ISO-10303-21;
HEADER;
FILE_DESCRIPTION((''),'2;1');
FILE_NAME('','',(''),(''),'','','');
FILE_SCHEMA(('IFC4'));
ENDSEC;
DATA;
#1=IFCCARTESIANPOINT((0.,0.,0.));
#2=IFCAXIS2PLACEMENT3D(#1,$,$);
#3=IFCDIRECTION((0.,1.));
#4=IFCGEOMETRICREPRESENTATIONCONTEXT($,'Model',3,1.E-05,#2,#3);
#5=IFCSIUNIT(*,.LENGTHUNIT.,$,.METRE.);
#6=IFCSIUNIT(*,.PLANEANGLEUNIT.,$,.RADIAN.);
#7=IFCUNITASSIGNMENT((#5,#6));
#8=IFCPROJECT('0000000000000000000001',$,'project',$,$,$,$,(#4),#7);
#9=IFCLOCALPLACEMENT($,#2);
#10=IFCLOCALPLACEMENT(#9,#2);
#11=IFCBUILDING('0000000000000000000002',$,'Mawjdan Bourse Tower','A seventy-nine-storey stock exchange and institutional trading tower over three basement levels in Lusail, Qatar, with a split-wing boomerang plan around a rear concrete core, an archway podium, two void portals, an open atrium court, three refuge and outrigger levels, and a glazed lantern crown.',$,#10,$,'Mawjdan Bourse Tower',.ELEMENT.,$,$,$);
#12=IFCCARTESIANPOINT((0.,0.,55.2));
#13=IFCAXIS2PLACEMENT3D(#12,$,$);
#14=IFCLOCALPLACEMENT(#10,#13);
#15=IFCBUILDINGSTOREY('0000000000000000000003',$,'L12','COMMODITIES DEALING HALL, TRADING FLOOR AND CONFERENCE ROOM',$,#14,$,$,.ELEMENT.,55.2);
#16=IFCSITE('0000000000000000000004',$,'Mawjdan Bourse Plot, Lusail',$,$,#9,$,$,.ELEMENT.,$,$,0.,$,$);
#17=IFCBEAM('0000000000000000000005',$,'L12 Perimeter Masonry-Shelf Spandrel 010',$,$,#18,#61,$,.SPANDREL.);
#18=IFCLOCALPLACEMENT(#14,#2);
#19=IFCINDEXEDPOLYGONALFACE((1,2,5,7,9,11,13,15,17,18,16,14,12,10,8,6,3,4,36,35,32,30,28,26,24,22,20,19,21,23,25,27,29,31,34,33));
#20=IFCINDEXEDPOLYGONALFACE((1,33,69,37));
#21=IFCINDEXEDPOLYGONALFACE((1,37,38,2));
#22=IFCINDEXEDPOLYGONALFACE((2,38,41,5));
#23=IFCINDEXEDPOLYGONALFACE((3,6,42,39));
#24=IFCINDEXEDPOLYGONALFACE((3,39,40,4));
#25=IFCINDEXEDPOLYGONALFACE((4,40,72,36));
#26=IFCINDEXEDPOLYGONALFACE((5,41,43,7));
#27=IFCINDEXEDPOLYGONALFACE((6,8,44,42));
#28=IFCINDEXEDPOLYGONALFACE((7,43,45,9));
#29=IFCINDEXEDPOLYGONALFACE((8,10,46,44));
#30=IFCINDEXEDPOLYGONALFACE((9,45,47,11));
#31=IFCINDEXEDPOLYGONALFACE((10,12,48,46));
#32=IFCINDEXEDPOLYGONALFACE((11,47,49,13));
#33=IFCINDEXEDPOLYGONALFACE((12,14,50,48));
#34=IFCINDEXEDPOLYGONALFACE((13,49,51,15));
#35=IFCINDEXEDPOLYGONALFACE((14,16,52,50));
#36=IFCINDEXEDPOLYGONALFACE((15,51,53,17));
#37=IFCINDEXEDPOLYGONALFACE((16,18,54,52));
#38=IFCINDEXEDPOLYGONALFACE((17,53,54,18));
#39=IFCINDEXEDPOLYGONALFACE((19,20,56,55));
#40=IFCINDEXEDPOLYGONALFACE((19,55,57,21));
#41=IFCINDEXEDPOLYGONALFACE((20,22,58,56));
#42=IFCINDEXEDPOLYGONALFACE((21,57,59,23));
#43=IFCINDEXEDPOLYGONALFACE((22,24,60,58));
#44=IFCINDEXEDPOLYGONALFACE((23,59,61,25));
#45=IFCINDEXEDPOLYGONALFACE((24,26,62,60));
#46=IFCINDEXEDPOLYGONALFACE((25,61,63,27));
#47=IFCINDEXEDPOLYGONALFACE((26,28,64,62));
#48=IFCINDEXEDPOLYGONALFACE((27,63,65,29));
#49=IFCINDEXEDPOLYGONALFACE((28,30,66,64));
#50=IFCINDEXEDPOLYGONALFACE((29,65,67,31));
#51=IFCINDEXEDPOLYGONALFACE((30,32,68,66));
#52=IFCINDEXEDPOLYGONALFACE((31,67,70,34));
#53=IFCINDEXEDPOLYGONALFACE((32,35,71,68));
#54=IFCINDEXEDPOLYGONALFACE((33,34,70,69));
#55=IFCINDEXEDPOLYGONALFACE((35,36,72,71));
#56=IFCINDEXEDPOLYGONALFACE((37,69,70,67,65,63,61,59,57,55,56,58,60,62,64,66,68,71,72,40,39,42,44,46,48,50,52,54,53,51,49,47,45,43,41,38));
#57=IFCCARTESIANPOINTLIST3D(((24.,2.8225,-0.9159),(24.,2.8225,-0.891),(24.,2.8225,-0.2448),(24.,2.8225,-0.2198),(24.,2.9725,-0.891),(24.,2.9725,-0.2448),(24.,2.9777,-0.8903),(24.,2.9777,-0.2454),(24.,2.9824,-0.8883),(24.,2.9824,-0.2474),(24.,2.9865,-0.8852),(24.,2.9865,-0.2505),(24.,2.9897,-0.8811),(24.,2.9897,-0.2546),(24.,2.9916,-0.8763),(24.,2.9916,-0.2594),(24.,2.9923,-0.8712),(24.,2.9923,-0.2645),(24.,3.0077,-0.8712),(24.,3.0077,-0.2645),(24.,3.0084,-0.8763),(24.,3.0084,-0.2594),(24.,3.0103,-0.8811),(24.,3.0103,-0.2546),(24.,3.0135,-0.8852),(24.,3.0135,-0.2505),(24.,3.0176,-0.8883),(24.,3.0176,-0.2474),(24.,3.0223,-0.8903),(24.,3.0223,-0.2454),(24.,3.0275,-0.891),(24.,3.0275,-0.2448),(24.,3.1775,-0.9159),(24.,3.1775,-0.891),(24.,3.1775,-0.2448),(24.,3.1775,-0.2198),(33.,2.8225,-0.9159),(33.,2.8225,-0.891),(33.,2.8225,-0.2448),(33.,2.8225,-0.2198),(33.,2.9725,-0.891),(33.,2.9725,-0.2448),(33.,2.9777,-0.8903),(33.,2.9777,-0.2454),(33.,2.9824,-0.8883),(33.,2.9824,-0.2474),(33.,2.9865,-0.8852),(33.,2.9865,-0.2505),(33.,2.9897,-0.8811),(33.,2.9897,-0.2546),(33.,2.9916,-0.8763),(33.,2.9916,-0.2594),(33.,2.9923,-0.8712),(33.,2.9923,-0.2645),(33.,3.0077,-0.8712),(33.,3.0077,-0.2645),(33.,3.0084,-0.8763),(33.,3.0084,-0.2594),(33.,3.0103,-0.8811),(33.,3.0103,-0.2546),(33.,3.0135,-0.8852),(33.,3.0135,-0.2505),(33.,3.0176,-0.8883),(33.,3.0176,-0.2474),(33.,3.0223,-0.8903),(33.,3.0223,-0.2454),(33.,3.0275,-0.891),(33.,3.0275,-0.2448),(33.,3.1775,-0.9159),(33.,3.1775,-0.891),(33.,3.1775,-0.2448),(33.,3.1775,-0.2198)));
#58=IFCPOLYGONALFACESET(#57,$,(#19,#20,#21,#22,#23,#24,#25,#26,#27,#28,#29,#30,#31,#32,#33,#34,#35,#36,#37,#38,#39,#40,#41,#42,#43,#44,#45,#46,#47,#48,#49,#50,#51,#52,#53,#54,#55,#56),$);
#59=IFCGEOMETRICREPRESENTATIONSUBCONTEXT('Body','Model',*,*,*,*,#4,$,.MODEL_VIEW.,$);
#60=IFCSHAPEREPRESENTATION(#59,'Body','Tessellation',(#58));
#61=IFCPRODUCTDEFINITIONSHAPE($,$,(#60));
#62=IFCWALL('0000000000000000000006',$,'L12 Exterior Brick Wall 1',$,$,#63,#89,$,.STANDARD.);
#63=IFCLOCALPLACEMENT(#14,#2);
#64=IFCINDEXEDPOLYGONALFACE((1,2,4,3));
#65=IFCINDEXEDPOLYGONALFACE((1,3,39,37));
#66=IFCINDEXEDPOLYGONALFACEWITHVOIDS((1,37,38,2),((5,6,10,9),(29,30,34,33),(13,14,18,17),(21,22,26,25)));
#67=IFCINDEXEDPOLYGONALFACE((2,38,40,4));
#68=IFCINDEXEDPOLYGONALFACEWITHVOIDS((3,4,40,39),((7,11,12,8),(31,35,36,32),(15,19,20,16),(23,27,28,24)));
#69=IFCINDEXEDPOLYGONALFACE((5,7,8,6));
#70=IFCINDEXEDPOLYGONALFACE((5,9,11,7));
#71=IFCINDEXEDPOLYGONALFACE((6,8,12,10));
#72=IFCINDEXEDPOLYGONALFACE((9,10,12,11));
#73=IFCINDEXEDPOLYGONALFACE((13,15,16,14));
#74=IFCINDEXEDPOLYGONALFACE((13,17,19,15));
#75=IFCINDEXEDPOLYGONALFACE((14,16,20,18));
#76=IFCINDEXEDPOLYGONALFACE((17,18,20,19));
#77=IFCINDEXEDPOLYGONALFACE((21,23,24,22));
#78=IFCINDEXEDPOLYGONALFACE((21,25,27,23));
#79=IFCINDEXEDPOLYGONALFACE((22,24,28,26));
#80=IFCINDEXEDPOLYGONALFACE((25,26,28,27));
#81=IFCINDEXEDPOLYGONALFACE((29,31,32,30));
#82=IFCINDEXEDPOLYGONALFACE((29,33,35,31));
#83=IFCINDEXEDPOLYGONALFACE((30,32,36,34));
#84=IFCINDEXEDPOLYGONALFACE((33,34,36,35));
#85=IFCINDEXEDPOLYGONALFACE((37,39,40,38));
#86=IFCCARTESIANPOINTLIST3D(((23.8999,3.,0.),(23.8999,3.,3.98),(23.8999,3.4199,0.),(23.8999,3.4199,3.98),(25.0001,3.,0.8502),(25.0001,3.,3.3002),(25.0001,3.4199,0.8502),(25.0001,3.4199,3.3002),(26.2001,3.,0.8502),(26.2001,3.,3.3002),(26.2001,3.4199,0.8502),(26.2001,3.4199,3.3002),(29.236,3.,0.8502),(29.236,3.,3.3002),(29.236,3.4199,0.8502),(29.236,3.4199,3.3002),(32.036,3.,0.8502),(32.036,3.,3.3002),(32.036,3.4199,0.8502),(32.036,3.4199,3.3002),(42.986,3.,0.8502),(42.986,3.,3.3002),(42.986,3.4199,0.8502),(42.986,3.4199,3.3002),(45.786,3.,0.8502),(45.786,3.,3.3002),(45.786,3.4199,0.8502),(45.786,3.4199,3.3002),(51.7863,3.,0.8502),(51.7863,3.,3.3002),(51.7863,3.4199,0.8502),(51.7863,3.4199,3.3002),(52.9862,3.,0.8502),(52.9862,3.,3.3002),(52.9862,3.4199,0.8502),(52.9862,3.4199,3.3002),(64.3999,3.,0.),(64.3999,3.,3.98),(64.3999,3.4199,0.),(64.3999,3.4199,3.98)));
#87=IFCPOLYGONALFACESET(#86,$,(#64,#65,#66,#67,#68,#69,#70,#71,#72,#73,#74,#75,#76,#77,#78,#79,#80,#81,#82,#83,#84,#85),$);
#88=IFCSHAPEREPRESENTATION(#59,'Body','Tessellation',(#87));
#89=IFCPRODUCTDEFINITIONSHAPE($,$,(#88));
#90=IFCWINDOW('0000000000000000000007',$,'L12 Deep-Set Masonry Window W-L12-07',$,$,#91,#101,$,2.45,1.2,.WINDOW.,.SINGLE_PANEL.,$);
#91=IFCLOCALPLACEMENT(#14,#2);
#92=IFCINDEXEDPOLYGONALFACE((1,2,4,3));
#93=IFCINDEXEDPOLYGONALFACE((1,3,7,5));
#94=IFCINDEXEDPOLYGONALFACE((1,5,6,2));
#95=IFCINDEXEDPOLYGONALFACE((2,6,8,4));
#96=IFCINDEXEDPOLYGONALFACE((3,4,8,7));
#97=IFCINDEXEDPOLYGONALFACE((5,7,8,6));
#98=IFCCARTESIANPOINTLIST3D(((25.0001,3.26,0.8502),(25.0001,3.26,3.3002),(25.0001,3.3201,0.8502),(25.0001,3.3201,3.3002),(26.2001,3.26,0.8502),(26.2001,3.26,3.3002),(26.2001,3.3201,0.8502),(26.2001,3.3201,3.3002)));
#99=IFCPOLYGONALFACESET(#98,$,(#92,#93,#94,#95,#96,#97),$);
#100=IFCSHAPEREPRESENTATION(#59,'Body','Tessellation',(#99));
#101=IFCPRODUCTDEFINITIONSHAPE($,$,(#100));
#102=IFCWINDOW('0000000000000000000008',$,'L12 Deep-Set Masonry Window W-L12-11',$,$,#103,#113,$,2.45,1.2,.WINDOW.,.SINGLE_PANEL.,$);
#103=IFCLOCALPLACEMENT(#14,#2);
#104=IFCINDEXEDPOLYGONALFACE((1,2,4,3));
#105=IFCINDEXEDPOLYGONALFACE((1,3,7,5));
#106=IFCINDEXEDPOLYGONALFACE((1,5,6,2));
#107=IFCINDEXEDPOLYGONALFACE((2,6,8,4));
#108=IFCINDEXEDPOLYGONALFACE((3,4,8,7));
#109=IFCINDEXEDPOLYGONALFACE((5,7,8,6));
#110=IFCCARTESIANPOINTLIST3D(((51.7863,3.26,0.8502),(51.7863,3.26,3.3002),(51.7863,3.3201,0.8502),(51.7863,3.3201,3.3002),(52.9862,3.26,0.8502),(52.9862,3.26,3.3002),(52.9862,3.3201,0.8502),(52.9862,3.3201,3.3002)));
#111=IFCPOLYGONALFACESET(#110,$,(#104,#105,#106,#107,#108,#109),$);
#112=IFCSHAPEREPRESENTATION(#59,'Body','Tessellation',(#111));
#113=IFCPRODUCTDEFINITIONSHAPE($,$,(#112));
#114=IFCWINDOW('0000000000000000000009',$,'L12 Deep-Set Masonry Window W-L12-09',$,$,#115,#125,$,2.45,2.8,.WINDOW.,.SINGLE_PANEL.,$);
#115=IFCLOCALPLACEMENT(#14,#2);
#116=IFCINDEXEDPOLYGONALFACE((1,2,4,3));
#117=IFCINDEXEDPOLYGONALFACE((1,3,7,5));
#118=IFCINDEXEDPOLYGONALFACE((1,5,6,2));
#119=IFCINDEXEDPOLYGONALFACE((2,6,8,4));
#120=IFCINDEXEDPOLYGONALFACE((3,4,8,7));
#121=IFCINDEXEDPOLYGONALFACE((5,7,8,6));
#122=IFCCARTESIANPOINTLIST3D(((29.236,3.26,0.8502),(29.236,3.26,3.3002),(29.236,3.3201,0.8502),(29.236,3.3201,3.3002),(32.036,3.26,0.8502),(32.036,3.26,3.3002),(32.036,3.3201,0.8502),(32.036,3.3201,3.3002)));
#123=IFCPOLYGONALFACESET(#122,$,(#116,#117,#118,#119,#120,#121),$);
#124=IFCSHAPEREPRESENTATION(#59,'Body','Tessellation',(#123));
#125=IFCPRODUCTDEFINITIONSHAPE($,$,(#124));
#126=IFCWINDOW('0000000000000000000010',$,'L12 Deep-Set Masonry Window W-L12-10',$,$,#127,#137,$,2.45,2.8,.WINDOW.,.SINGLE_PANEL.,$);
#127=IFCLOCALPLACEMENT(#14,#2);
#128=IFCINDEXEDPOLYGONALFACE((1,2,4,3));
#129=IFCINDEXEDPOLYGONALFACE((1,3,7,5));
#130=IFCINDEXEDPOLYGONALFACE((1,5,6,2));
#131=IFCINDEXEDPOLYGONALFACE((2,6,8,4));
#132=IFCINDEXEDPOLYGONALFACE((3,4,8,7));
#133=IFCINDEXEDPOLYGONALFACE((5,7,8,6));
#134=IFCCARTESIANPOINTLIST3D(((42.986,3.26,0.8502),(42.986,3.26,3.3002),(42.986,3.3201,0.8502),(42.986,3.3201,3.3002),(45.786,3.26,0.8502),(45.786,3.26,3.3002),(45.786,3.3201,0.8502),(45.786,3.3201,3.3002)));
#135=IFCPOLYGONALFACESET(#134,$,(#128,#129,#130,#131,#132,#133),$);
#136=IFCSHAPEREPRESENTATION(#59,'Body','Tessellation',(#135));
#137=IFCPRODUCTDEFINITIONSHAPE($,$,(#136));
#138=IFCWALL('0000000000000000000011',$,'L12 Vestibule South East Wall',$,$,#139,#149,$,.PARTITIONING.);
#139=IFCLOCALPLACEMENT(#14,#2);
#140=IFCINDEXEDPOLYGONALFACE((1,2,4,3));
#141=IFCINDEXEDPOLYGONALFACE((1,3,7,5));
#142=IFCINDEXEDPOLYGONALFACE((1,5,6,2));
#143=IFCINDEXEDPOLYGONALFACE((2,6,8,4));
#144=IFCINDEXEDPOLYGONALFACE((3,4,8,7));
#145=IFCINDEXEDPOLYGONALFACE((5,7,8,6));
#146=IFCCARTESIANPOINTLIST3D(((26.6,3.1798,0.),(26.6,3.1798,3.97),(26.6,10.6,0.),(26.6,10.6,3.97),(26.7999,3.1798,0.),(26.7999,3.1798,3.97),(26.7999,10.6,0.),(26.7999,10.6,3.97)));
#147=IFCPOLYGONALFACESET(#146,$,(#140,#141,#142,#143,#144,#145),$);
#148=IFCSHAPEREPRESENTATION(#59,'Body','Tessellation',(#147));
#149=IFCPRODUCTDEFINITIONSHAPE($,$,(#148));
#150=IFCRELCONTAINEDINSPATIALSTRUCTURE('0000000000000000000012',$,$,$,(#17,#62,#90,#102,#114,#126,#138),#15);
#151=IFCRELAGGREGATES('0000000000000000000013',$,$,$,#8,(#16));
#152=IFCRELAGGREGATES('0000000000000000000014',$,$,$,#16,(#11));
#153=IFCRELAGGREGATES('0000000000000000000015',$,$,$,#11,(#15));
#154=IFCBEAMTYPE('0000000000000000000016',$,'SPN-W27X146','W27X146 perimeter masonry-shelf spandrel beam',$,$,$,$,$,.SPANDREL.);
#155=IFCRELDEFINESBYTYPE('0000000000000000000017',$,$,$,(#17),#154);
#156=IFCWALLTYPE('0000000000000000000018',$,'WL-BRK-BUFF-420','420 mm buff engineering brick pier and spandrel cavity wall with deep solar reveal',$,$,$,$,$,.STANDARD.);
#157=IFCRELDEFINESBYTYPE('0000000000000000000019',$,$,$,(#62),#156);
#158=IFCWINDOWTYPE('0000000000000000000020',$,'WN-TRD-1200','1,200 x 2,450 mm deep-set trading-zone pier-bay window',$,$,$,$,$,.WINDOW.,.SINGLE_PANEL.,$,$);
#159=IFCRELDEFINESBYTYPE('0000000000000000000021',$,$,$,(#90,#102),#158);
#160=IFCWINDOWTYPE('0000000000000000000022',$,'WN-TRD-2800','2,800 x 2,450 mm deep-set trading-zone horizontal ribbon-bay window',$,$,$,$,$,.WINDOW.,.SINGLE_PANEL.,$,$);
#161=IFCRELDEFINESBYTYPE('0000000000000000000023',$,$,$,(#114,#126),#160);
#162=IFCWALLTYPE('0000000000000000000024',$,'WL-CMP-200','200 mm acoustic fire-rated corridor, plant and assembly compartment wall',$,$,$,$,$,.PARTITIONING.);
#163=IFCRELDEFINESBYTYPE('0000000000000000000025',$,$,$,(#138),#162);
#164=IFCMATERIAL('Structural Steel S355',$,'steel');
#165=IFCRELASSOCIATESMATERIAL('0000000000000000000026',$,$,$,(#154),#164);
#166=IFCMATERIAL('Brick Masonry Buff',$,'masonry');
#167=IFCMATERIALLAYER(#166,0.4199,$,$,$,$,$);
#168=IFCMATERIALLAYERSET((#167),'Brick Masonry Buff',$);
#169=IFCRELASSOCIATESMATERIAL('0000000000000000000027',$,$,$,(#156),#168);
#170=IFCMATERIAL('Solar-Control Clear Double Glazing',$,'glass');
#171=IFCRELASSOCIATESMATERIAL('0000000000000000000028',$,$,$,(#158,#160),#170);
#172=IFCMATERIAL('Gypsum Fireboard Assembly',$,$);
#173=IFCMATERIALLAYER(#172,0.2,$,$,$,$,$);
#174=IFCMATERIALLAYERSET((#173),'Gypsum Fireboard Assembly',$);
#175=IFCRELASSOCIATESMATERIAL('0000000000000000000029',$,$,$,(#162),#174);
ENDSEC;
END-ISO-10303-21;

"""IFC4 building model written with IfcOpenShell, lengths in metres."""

from ifc_helpers import new_model, si_unit, direction, frame, frame_2d, origin, origin_2d, place, context, subcontext, project, spatial, rectangle, i_section, extrude, material, layer, layer_set, material_profile, profile_set, type_object, element, fill, save


model = new_model("IFC4")

# Units and contexts
model_context = context("Model", 3, precision=1e-05, world=origin(), true_north=direction((0.0, 1.0)))
body_context = subcontext(model_context, "Body", "Model", "MODEL_VIEW")
ifc_project = project(units=[si_unit("LENGTHUNIT", "METRE"), si_unit("PLANEANGLEUNIT", "RADIAN")], contexts=[model_context])

# Site, building, storey
site_placement = place(None, origin())
site = spatial("IfcSite", under=ifc_project, at=site_placement, Name="Mawjdan Bourse Plot, Lusail", CompositionType="ELEMENT", RefElevation=0.0)
building_placement = place(site_placement, origin())
building = spatial("IfcBuilding", under=site, at=building_placement, Name="Mawjdan Bourse Tower", Description="A seventy-nine-storey stock exchange and institutional trading tower over three basement levels in Lusail, Qatar, with a split-wing boomerang plan around a rear concrete core, an archway podium, two void portals, an open atrium court, three refuge and outrigger levels, and a glazed lantern crown.", LongName="Mawjdan Bourse Tower", CompositionType="ELEMENT")
storey_placement = place(building_placement, frame((0.0, 0.0, 55.2)))
storey = spatial("IfcBuildingStorey", under=building, at=storey_placement, Name="L12", Description="COMMODITIES DEALING HALL, TRADING FLOOR AND CONFERENCE ROOM", CompositionType="ELEMENT", Elevation=55.2)

# Beam
ifc_material_1 = material(Name="Structural Steel S355", Category="steel")
ifc_material_profile_1 = material_profile(ifc_material_1, i_section(OverallWidth=0.355, OverallDepth=0.696, WebThickness=0.0154, FlangeThickness=0.0249, FilletRadius=0.0198, at=origin_2d()), Name="W27X146")
ifc_profile_set_1 = profile_set([ifc_material_profile_1], Name="Structural Steel S355")
beam_type_1 = type_object("IfcBeamType", Name="SPN-W27X146", Description="W27X146 perimeter masonry-shelf spandrel beam", PredefinedType="SPANDREL", material=ifc_profile_set_1)
beam_1_placement = place(storey_placement, frame((24.0, 3.0, -0.5679), z_axis=(1.0, 0.0, 0.0), x_axis=(0.0, 1.0, 0.0)))
element("IfcBeam", 1, at=beam_1_placement, inside=storey, type_object=beam_type_1, Name="L12 Perimeter Masonry-Shelf Spandrel 010", PredefinedType="SPANDREL", context=body_context, shape_type="SweptSolid", body=[
    extrude(i_section(OverallWidth=0.355, OverallDepth=0.696, WebThickness=0.0154, FlangeThickness=0.0249, FilletRadius=0.0198, at=origin_2d()), origin(), (0.0, 0.0, 1.0), 9.0),
])

# Wall, openings, windows
ifc_material_2 = material(Name="Brick Masonry Buff", Category="masonry")
ifc_layer_1 = layer(ifc_material_2, 0.4199)
ifc_layer_set_1 = layer_set([ifc_layer_1], Name="Brick Masonry Buff")
wall_type_1 = type_object("IfcWallType", Name="WL-BRK-BUFF-420", Description="420 mm buff engineering brick pier and spandrel cavity wall with deep solar reveal", PredefinedType="STANDARD", material=ifc_layer_set_1)
wall_1_placement = place(storey_placement, frame((23.8999, 3.21, 0.0), z_axis=(0.0, 0.0, 1.0), x_axis=(1.0, 0.0, 0.0)))
wall_1 = element("IfcWall", 2, at=wall_1_placement, inside=storey, type_object=wall_type_1, Name="L12 Exterior Brick Wall 1", PredefinedType="STANDARD", context=body_context, shape_type="SweptSolid", body=[
    extrude(rectangle(XDim=40.5, YDim=0.4199, at=frame_2d((20.25, 0.0))), origin(), (0.0, 0.0, 1.0), 3.98),
])
opening_1_placement = place(wall_1_placement, frame((1.1001, 0.0, 0.8501)))
opening_1 = element("IfcOpeningElement", 3, at=opening_1_placement, cuts=wall_1, PredefinedType="OPENING", context=body_context, shape_type="SweptSolid", body=[
    extrude(rectangle(XDim=1.2, YDim=2.45, at=frame_2d((0.6001, 1.2251))), frame((0.0, 0.22, 0.0), z_axis=(0.0, -1.0, 0.0), x_axis=(1.0, 0.0, 0.0)), (0.0, 0.0, 1.0), 0.4399),
])
opening_2_placement = place(wall_1_placement, frame((5.3362, 0.0, 0.8501)))
opening_2 = element("IfcOpeningElement", 4, at=opening_2_placement, cuts=wall_1, PredefinedType="OPENING", context=body_context, shape_type="SweptSolid", body=[
    extrude(rectangle(XDim=2.8, YDim=2.45, at=frame_2d((1.3999, 1.2251))), frame((0.0, 0.22, 0.0), z_axis=(0.0, -1.0, 0.0), x_axis=(1.0, 0.0, 0.0)), (0.0, 0.0, 1.0), 0.4399),
])
opening_3_placement = place(wall_1_placement, frame((19.0862, 0.0, 0.8501)))
opening_3 = element("IfcOpeningElement", 5, at=opening_3_placement, cuts=wall_1, PredefinedType="OPENING", context=body_context, shape_type="SweptSolid", body=[
    extrude(rectangle(XDim=2.8, YDim=2.45, at=frame_2d((1.3999, 1.2251))), frame((0.0, 0.22, 0.0), z_axis=(0.0, -1.0, 0.0), x_axis=(1.0, 0.0, 0.0)), (0.0, 0.0, 1.0), 0.4399),
])
opening_4_placement = place(wall_1_placement, frame((27.8862, 0.0, 0.8501)))
opening_4 = element("IfcOpeningElement", 6, at=opening_4_placement, cuts=wall_1, PredefinedType="OPENING", context=body_context, shape_type="SweptSolid", body=[
    extrude(rectangle(XDim=1.2, YDim=2.45, at=frame_2d((0.6001, 1.2251))), frame((0.0, 0.22, 0.0), z_axis=(0.0, -1.0, 0.0), x_axis=(1.0, 0.0, 0.0)), (0.0, 0.0, 1.0), 0.4399),
])
ifc_material_3 = material(Name="Solar-Control Clear Double Glazing", Category="glass")
window_type_1 = type_object("IfcWindowType", Name="WN-TRD-1200", Description="1,200 x 2,450 mm deep-set trading-zone pier-bay window", PartitioningType="SINGLE_PANEL", PredefinedType="WINDOW", material=ifc_material_3)
window_1_placement = place(opening_1_placement, origin())
window_1 = element("IfcWindow", 7, at=window_1_placement, inside=storey, type_object=window_type_1, Name="L12 Deep-Set Masonry Window W-L12-07", OverallHeight=2.45, OverallWidth=1.2, PartitioningType="SINGLE_PANEL", PredefinedType="WINDOW", context=body_context, shape_type="SweptSolid", body=[
    extrude(rectangle(XDim=1.2, YDim=2.45, at=frame_2d((0.6001, 1.2251))), frame((0.0, 0.1101, 0.0), z_axis=(0.0, -1.0, 0.0), x_axis=(1.0, 0.0, 0.0)), (0.0, 0.0, 1.0), 0.0601),
])
fill(opening_1, window_1)
window_2_placement = place(opening_4_placement, origin())
window_2 = element("IfcWindow", 8, at=window_2_placement, inside=storey, type_object=window_type_1, Name="L12 Deep-Set Masonry Window W-L12-11", OverallHeight=2.45, OverallWidth=1.2, PartitioningType="SINGLE_PANEL", PredefinedType="WINDOW", context=body_context, shape_type="SweptSolid", body=[
    extrude(rectangle(XDim=1.2, YDim=2.45, at=frame_2d((0.6001, 1.2251))), frame((0.0, 0.1101, 0.0), z_axis=(0.0, -1.0, 0.0), x_axis=(1.0, 0.0, 0.0)), (0.0, 0.0, 1.0), 0.0601),
])
fill(opening_4, window_2)
window_type_2 = type_object("IfcWindowType", Name="WN-TRD-2800", Description="2,800 x 2,450 mm deep-set trading-zone horizontal ribbon-bay window", PartitioningType="SINGLE_PANEL", PredefinedType="WINDOW", material=ifc_material_3)
window_3_placement = place(opening_2_placement, origin())
window_3 = element("IfcWindow", 9, at=window_3_placement, inside=storey, type_object=window_type_2, Name="L12 Deep-Set Masonry Window W-L12-09", OverallHeight=2.45, OverallWidth=2.8, PartitioningType="SINGLE_PANEL", PredefinedType="WINDOW", context=body_context, shape_type="SweptSolid", body=[
    extrude(rectangle(XDim=2.8, YDim=2.45, at=frame_2d((1.3999, 1.2251))), frame((0.0, 0.1101, 0.0), z_axis=(0.0, -1.0, 0.0), x_axis=(1.0, 0.0, 0.0)), (0.0, 0.0, 1.0), 0.0601),
])
fill(opening_2, window_3)
window_4_placement = place(opening_3_placement, origin())
window_4 = element("IfcWindow", 10, at=window_4_placement, inside=storey, type_object=window_type_2, Name="L12 Deep-Set Masonry Window W-L12-10", OverallHeight=2.45, OverallWidth=2.8, PartitioningType="SINGLE_PANEL", PredefinedType="WINDOW", context=body_context, shape_type="SweptSolid", body=[
    extrude(rectangle(XDim=2.8, YDim=2.45, at=frame_2d((1.3999, 1.2251))), frame((0.0, 0.1101, 0.0), z_axis=(0.0, -1.0, 0.0), x_axis=(1.0, 0.0, 0.0)), (0.0, 0.0, 1.0), 0.0601),
])
fill(opening_3, window_4)

# Shared definitions
ifc_material_4 = material(Name="Gypsum Fireboard Assembly")
ifc_layer_2 = layer(ifc_material_4, 0.2)
ifc_layer_set_2 = layer_set([ifc_layer_2], Name="Gypsum Fireboard Assembly")
wall_type_2 = type_object("IfcWallType", Name="WL-CMP-200", Description="200 mm acoustic fire-rated corridor, plant and assembly compartment wall", PredefinedType="PARTITIONING", material=ifc_layer_set_2)

# Wall
wall_2_placement = place(storey_placement, frame((26.7, 3.1799, 0.0), z_axis=(0.0, 0.0, 1.0), x_axis=(0.0, 1.0, 0.0)))
element("IfcWall", 11, at=wall_2_placement, inside=storey, type_object=wall_type_2, Name="L12 Vestibule South East Wall", PredefinedType="PARTITIONING", context=body_context, shape_type="SweptSolid", body=[
    extrude(rectangle(XDim=7.4202, YDim=0.2, at=frame_2d((3.71, 0.0))), origin(), (0.0, 0.0, 1.0), 3.97),
])

save(model, "model.ifc")
